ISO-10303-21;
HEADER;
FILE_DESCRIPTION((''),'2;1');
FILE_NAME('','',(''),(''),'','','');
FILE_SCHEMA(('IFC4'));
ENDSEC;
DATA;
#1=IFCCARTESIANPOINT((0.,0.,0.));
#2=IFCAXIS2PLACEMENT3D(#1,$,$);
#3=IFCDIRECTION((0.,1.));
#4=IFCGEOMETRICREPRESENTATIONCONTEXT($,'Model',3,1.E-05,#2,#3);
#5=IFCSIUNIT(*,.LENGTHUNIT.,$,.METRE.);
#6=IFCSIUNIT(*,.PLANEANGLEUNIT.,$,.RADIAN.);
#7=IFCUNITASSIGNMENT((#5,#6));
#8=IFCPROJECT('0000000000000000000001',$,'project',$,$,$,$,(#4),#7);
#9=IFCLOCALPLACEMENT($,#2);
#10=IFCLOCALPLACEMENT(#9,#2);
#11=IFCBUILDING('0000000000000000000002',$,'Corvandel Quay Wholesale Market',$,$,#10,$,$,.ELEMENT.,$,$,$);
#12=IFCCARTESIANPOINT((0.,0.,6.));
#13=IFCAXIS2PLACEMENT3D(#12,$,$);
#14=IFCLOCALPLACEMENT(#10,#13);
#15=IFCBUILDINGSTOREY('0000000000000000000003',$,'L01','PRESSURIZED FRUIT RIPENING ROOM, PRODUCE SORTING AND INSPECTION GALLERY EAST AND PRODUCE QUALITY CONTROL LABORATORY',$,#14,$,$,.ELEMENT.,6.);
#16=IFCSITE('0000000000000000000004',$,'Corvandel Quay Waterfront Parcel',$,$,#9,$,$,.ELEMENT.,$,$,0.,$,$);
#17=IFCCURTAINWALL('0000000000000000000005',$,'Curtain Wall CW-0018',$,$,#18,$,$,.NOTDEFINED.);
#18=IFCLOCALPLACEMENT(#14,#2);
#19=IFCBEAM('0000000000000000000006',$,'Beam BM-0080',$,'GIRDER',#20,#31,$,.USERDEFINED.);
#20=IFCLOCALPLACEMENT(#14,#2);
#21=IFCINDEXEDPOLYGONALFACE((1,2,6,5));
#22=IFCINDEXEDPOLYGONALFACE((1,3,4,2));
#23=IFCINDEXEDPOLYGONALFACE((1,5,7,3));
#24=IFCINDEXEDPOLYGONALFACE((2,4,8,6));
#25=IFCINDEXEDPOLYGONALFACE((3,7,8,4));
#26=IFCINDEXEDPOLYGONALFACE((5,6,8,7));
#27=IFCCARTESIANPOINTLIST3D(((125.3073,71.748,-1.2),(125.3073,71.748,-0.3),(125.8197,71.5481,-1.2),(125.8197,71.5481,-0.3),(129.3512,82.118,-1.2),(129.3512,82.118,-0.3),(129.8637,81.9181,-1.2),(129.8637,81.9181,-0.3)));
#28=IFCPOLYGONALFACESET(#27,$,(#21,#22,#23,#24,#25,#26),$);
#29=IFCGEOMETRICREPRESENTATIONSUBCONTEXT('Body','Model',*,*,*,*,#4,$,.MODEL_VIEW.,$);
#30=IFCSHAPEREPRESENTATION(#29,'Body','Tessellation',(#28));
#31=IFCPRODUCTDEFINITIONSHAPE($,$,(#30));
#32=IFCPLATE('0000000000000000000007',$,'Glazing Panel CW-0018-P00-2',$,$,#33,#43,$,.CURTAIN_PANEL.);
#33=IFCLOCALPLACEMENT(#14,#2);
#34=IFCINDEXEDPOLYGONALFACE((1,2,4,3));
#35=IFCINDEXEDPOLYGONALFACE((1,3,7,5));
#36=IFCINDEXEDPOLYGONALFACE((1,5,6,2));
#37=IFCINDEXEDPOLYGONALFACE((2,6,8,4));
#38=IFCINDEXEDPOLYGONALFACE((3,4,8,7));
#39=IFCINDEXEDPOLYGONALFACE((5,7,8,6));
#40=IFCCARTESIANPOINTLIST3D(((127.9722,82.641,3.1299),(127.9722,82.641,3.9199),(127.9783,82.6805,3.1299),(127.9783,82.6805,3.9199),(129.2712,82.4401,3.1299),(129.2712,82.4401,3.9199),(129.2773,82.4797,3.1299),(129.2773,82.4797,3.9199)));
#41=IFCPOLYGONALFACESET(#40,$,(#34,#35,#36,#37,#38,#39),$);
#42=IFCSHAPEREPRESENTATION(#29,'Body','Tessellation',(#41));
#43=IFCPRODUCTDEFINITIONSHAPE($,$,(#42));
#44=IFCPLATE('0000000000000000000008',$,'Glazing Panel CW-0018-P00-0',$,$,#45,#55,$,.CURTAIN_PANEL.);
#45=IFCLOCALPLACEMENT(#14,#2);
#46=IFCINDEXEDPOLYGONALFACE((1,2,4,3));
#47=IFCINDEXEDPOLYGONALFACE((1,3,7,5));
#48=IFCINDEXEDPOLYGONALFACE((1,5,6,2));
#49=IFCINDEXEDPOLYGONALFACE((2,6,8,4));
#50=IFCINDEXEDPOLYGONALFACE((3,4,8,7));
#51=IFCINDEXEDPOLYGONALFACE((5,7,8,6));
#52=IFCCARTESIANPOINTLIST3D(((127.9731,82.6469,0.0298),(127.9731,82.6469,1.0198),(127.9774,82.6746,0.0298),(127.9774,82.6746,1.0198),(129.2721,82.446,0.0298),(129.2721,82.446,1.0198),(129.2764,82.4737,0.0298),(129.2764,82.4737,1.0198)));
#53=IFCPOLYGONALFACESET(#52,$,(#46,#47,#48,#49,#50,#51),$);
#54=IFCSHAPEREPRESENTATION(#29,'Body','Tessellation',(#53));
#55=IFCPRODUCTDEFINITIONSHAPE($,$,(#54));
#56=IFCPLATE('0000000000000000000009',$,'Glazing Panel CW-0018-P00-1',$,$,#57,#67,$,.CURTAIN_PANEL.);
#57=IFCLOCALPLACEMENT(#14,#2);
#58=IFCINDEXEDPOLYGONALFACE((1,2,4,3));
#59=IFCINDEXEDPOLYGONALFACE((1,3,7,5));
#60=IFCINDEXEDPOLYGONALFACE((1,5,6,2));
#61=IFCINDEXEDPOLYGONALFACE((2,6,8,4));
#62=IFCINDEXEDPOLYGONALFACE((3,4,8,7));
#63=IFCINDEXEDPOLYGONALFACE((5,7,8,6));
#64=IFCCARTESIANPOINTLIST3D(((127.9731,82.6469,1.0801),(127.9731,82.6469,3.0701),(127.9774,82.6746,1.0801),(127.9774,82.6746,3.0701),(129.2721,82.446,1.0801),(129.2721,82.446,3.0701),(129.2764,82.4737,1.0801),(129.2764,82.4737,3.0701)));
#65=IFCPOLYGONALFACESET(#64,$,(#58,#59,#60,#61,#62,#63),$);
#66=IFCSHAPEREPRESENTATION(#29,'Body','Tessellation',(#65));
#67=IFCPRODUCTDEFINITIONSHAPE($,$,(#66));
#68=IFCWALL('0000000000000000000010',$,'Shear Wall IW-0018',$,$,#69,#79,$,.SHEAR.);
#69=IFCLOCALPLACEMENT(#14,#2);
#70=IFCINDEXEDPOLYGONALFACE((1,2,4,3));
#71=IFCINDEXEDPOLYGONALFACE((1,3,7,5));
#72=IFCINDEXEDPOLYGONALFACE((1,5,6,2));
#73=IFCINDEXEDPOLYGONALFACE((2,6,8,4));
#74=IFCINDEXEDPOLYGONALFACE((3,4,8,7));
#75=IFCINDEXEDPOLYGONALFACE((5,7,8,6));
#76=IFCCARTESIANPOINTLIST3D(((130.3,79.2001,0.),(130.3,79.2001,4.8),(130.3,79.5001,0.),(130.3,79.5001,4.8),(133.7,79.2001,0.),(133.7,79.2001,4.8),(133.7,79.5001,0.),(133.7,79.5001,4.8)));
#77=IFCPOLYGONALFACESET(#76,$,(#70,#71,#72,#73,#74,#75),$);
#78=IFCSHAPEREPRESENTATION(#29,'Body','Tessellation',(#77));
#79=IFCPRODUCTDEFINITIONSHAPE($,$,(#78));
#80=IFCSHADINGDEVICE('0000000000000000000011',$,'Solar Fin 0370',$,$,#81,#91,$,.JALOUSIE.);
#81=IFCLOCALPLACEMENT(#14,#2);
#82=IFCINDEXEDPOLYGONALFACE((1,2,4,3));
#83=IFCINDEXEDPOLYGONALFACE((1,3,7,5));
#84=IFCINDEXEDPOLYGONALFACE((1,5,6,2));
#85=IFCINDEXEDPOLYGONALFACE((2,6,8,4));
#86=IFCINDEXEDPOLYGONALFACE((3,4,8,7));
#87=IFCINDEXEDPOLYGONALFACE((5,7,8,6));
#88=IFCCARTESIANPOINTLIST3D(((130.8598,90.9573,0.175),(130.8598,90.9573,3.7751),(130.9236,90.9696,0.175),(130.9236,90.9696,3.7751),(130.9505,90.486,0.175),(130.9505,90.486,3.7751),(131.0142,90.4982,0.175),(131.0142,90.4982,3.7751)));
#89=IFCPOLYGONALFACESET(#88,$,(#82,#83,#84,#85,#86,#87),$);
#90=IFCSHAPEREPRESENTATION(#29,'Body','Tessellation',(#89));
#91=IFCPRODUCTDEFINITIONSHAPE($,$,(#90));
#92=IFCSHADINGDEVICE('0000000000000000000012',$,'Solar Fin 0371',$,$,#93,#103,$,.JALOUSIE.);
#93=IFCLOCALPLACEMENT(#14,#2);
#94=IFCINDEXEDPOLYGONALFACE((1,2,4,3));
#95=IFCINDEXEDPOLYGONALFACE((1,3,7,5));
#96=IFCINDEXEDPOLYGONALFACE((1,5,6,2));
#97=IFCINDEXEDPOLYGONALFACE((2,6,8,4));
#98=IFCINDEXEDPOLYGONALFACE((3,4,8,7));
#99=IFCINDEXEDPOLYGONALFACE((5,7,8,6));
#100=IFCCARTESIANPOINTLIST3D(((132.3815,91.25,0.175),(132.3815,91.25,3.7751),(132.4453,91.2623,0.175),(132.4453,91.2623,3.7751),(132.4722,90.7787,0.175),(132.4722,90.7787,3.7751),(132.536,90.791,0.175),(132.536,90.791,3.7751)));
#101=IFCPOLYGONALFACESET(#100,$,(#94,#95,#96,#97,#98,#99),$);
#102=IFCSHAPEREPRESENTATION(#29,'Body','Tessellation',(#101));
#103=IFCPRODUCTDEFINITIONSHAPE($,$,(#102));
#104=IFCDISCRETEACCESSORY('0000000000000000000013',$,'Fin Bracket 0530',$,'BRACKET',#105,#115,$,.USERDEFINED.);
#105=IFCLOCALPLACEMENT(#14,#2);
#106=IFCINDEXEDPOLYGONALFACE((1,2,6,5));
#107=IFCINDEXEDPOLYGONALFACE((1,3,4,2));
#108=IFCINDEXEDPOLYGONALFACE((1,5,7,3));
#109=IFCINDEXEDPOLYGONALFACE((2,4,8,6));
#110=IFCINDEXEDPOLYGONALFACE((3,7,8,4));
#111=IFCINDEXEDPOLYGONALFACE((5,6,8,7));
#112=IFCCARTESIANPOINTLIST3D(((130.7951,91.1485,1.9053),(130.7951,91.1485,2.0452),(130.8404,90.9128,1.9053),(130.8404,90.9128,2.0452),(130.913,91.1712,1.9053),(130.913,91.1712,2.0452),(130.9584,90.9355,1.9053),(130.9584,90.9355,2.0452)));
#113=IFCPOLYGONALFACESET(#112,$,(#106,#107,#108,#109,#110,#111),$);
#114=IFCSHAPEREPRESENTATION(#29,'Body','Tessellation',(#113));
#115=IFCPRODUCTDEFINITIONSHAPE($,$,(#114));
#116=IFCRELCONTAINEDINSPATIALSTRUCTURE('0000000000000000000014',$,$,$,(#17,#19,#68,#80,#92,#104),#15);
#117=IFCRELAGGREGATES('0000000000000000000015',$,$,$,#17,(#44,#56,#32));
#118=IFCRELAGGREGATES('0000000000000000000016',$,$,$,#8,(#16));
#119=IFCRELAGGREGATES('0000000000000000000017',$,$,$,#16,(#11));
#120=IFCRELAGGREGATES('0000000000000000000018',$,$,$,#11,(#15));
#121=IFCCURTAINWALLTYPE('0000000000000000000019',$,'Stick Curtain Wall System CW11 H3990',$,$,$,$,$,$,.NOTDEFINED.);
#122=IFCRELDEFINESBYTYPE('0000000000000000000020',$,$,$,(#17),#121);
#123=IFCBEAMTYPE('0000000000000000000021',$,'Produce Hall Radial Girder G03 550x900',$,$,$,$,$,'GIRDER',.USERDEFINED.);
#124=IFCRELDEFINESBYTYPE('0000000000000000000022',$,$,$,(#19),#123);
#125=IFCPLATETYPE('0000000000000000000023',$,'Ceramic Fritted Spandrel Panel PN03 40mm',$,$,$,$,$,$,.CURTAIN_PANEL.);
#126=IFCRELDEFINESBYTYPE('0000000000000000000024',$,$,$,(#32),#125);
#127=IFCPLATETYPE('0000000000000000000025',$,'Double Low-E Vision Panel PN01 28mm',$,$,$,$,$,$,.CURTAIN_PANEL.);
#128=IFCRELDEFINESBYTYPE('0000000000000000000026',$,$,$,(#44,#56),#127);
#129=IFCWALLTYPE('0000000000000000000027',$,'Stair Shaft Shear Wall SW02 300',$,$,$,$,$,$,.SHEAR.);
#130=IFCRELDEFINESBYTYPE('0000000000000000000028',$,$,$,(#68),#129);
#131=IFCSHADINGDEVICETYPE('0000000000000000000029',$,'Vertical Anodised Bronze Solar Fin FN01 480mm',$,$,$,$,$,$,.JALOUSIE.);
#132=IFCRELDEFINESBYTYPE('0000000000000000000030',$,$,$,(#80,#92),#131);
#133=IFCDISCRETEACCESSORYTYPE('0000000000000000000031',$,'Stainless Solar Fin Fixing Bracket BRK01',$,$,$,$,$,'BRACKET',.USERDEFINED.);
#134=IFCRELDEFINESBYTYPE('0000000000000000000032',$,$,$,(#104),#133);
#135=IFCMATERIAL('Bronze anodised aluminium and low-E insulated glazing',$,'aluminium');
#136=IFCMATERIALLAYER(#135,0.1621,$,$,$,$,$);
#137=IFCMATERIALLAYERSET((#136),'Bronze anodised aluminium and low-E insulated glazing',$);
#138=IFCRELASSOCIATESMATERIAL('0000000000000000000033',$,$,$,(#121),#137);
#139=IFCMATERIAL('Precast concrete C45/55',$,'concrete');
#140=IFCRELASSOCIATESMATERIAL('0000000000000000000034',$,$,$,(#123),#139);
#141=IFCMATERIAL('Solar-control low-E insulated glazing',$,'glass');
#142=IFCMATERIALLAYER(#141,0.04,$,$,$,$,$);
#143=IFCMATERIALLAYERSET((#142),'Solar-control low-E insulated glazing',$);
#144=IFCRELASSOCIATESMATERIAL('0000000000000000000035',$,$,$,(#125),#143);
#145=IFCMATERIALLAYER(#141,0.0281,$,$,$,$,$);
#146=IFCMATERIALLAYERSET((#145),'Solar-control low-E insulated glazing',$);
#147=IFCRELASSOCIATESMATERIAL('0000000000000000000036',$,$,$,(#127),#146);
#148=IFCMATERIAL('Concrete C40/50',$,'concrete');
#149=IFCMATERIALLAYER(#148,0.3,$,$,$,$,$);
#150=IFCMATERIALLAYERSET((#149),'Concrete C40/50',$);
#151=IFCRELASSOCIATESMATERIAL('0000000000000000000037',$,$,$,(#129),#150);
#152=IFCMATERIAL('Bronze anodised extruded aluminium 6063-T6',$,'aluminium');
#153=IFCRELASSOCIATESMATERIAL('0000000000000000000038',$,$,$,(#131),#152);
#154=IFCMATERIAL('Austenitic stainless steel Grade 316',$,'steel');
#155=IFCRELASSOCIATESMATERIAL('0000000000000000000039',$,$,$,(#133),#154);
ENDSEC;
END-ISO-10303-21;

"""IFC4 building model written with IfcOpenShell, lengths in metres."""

from ifc_helpers import new_model, si_unit, direction, frame, frame_2d, origin, origin_2d, place, context, subcontext, project, spatial, rectangle, extrude, material, layer, layer_set, material_profile, profile_set, type_object, element, aggregate, save


model = new_model("IFC4")

# Units and contexts
model_context = context("Model", 3, precision=1e-05, world=origin(), true_north=direction((0.0, 1.0)))
body_context = subcontext(model_context, "Body", "Model", "MODEL_VIEW")
ifc_project = project(units=[si_unit("LENGTHUNIT", "METRE"), si_unit("PLANEANGLEUNIT", "RADIAN")], contexts=[model_context])

# Site, building, storey
site_placement = place(None, origin())
site = spatial("IfcSite", under=ifc_project, at=site_placement, Name="Corvandel Quay Waterfront Parcel", CompositionType="ELEMENT", RefElevation=0.0)
building_placement = place(site_placement, origin())
building = spatial("IfcBuilding", under=site, at=building_placement, Name="Corvandel Quay Wholesale Market", CompositionType="ELEMENT")
storey_placement = place(building_placement, frame((0.0, 0.0, 6.0)))
storey = spatial("IfcBuildingStorey", under=building, at=storey_placement, Name="L01", Description="PRESSURIZED FRUIT RIPENING ROOM, PRODUCE SORTING AND INSPECTION GALLERY EAST AND PRODUCE QUALITY CONTROL LABORATORY", CompositionType="ELEMENT", Elevation=6.0)

# Shared definitions
ifc_material_1 = material(Name="Precast concrete C45/55", Category="concrete")

# Curtain wall
ifc_material_2 = material(Name="Bronze anodised aluminium and low-E insulated glazing", Category="aluminium")
ifc_layer_1 = layer(ifc_material_2, 0.1621)
ifc_layer_set_1 = layer_set([ifc_layer_1], Name="Bronze anodised aluminium and low-E insulated glazing")
curtain_wall_type = type_object("IfcCurtainWallType", Name="Stick Curtain Wall System CW11 H3990", PredefinedType="NOTDEFINED", material=ifc_layer_set_1)
curtain_wall_placement = place(storey_placement, origin())
curtain_wall = element("IfcCurtainWall", 1, at=curtain_wall_placement, inside=storey, type_object=curtain_wall_type, Name="Curtain Wall CW-0018", PredefinedType="NOTDEFINED")

# Beam
ifc_material_profile_1 = material_profile(ifc_material_1, rectangle(XDim=0.55, YDim=0.8999, at=origin_2d()), Name="PC-GIR-550x900")
ifc_profile_set_1 = profile_set([ifc_material_profile_1], Name="Precast concrete C45/55")
beam_type_1 = type_object("IfcBeamType", Name="Produce Hall Radial Girder G03 550x900", ElementType="GIRDER", PredefinedType="USERDEFINED", material=ifc_profile_set_1)
beam_1_placement = place(storey_placement, frame((129.6074, 82.0181, -0.75), z_axis=(-0.363314, -0.931667, 0.0), x_axis=(0.931667, -0.363314, 0.0)))
element("IfcBeam", 2, at=beam_1_placement, inside=storey, type_object=beam_type_1, Name="Beam BM-0080", ObjectType="GIRDER", PredefinedType="USERDEFINED", context=body_context, shape_type="SweptSolid", body=[
    extrude(rectangle(XDim=0.55, YDim=0.8999, at=origin_2d()), origin(), (0.0, 0.0, 1.0), 11.1306),
])

# Plates
ifc_material_3 = material(Name="Solar-control low-E insulated glazing", Category="glass")
ifc_layer_2 = layer(ifc_material_3, 0.04)
ifc_layer_set_2 = layer_set([ifc_layer_2], Name="Solar-control low-E insulated glazing")
plate_type_1 = type_object("IfcPlateType", Name="Ceramic Fritted Spandrel Panel PN03 40mm", PredefinedType="CURTAIN_PANEL", material=ifc_layer_set_2)
plate_1_placement = place(storey_placement, frame((128.6248, 82.5603, 3.1299), z_axis=(0.0, 0.0, 1.0), x_axis=(-0.988255, 0.152813, 0.0)))
plate_1 = element("IfcPlate", 3, at=plate_1_placement, type_object=plate_type_1, Name="Glazing Panel CW-0018-P00-2", PredefinedType="CURTAIN_PANEL", context=body_context, shape_type="SweptSolid", body=[
    extrude(rectangle(XDim=1.3145, YDim=0.04, at=origin_2d()), origin(), (0.0, 0.0, 1.0), 0.79),
])
ifc_layer_3 = layer(ifc_material_3, 0.0281)
ifc_layer_set_3 = layer_set([ifc_layer_3], Name="Solar-control low-E insulated glazing")
plate_type_2 = type_object("IfcPlateType", Name="Double Low-E Vision Panel PN01 28mm", PredefinedType="CURTAIN_PANEL", material=ifc_layer_set_3)
plate_2_placement = place(storey_placement, frame((128.6248, 82.5603, 0.0298), z_axis=(0.0, 0.0, 1.0), x_axis=(-0.988255, 0.152813, 0.0)))
plate_2 = element("IfcPlate", 4, at=plate_2_placement, type_object=plate_type_2, Name="Glazing Panel CW-0018-P00-0", PredefinedType="CURTAIN_PANEL", context=body_context, shape_type="SweptSolid", body=[
    extrude(rectangle(XDim=1.3145, YDim=0.0281, at=origin_2d()), origin(), (0.0, 0.0, 1.0), 0.99),
])
plate_3_placement = place(storey_placement, frame((128.6248, 82.5603, 1.0801), z_axis=(0.0, 0.0, 1.0), x_axis=(-0.988255, 0.152813, 0.0)))
plate_3 = element("IfcPlate", 5, at=plate_3_placement, type_object=plate_type_2, Name="Glazing Panel CW-0018-P00-1", PredefinedType="CURTAIN_PANEL", context=body_context, shape_type="SweptSolid", body=[
    extrude(rectangle(XDim=1.3145, YDim=0.0281, at=origin_2d()), origin(), (0.0, 0.0, 1.0), 1.99),
])
aggregate(curtain_wall, [plate_2, plate_3, plate_1])

# Wall
ifc_material_4 = material(Name="Concrete C40/50", Category="concrete")
ifc_layer_4 = layer(ifc_material_4, 0.3)
ifc_layer_set_4 = layer_set([ifc_layer_4], Name="Concrete C40/50")
wall_type = type_object("IfcWallType", Name="Stair Shaft Shear Wall SW02 300", PredefinedType="SHEAR", material=ifc_layer_set_4)
wall_placement = place(storey_placement, frame((130.3, 79.3501, 0.0), z_axis=(0.0, 0.0, 1.0), x_axis=(1.0, 0.0, 0.0)))
element("IfcWall", 6, at=wall_placement, inside=storey, type_object=wall_type, Name="Shear Wall IW-0018", PredefinedType="SHEAR", context=body_context, shape_type="SweptSolid", body=[
    extrude(rectangle(XDim=3.3999, YDim=0.3, at=frame_2d((1.7, 0.0))), origin(), (0.0, 0.0, 1.0), 4.8),
])

# Shading devices
ifc_material_5 = material(Name="Bronze anodised extruded aluminium 6063-T6", Category="aluminium")
shading_device_type = type_object("IfcShadingDeviceType", Name="Vertical Anodised Bronze Solar Fin FN01 480mm", PredefinedType="JALOUSIE", material=ifc_material_5)
for number, where, z_axis, x_axis, name in (
    (7, (130.937, 90.7278, 0.175), (0.0, 0.0, 1.0), (-0.188924, 0.981992, 0.0), "Solar Fin 0370"),
    (8, (132.4587, 91.0205, 0.175), (0.0, 0.0, 1.0), (-0.188924, 0.981992, 0.0), "Solar Fin 0371"),
):
    element("IfcShadingDevice", number, at=place(storey_placement, frame(where, z_axis=z_axis, x_axis=x_axis)), inside=storey, type_object=shading_device_type, Name=name, PredefinedType="JALOUSIE", context=body_context, shape_type="SweptSolid", body=[
        extrude(rectangle(XDim=0.48, YDim=0.0649, at=origin_2d()), origin(), (0.0, 0.0, 1.0), 3.6001),
    ])

# Discrete accessory
ifc_material_6 = material(Name="Austenitic stainless steel Grade 316", Category="steel")
discrete_accessory_type = type_object("IfcDiscreteAccessoryType", Name="Stainless Solar Fin Fixing Bracket BRK01", ElementType="BRACKET", PredefinedType="USERDEFINED", material=ifc_material_6)
discrete_accessory_placement = place(storey_placement, frame((130.8767, 91.042, 1.9053), z_axis=(0.0, 0.0, 1.0), x_axis=(-0.188924, 0.981992, 0.0)))
element("IfcDiscreteAccessory", 9, at=discrete_accessory_placement, inside=storey, type_object=discrete_accessory_type, Name="Fin Bracket 0530", ObjectType="BRACKET", PredefinedType="USERDEFINED", context=body_context, shape_type="SweptSolid", body=[
    extrude(rectangle(XDim=0.24, YDim=0.1201, at=origin_2d()), origin(), (0.0, 0.0, 1.0), 0.1399),
])

save(model, "model.ifc")
